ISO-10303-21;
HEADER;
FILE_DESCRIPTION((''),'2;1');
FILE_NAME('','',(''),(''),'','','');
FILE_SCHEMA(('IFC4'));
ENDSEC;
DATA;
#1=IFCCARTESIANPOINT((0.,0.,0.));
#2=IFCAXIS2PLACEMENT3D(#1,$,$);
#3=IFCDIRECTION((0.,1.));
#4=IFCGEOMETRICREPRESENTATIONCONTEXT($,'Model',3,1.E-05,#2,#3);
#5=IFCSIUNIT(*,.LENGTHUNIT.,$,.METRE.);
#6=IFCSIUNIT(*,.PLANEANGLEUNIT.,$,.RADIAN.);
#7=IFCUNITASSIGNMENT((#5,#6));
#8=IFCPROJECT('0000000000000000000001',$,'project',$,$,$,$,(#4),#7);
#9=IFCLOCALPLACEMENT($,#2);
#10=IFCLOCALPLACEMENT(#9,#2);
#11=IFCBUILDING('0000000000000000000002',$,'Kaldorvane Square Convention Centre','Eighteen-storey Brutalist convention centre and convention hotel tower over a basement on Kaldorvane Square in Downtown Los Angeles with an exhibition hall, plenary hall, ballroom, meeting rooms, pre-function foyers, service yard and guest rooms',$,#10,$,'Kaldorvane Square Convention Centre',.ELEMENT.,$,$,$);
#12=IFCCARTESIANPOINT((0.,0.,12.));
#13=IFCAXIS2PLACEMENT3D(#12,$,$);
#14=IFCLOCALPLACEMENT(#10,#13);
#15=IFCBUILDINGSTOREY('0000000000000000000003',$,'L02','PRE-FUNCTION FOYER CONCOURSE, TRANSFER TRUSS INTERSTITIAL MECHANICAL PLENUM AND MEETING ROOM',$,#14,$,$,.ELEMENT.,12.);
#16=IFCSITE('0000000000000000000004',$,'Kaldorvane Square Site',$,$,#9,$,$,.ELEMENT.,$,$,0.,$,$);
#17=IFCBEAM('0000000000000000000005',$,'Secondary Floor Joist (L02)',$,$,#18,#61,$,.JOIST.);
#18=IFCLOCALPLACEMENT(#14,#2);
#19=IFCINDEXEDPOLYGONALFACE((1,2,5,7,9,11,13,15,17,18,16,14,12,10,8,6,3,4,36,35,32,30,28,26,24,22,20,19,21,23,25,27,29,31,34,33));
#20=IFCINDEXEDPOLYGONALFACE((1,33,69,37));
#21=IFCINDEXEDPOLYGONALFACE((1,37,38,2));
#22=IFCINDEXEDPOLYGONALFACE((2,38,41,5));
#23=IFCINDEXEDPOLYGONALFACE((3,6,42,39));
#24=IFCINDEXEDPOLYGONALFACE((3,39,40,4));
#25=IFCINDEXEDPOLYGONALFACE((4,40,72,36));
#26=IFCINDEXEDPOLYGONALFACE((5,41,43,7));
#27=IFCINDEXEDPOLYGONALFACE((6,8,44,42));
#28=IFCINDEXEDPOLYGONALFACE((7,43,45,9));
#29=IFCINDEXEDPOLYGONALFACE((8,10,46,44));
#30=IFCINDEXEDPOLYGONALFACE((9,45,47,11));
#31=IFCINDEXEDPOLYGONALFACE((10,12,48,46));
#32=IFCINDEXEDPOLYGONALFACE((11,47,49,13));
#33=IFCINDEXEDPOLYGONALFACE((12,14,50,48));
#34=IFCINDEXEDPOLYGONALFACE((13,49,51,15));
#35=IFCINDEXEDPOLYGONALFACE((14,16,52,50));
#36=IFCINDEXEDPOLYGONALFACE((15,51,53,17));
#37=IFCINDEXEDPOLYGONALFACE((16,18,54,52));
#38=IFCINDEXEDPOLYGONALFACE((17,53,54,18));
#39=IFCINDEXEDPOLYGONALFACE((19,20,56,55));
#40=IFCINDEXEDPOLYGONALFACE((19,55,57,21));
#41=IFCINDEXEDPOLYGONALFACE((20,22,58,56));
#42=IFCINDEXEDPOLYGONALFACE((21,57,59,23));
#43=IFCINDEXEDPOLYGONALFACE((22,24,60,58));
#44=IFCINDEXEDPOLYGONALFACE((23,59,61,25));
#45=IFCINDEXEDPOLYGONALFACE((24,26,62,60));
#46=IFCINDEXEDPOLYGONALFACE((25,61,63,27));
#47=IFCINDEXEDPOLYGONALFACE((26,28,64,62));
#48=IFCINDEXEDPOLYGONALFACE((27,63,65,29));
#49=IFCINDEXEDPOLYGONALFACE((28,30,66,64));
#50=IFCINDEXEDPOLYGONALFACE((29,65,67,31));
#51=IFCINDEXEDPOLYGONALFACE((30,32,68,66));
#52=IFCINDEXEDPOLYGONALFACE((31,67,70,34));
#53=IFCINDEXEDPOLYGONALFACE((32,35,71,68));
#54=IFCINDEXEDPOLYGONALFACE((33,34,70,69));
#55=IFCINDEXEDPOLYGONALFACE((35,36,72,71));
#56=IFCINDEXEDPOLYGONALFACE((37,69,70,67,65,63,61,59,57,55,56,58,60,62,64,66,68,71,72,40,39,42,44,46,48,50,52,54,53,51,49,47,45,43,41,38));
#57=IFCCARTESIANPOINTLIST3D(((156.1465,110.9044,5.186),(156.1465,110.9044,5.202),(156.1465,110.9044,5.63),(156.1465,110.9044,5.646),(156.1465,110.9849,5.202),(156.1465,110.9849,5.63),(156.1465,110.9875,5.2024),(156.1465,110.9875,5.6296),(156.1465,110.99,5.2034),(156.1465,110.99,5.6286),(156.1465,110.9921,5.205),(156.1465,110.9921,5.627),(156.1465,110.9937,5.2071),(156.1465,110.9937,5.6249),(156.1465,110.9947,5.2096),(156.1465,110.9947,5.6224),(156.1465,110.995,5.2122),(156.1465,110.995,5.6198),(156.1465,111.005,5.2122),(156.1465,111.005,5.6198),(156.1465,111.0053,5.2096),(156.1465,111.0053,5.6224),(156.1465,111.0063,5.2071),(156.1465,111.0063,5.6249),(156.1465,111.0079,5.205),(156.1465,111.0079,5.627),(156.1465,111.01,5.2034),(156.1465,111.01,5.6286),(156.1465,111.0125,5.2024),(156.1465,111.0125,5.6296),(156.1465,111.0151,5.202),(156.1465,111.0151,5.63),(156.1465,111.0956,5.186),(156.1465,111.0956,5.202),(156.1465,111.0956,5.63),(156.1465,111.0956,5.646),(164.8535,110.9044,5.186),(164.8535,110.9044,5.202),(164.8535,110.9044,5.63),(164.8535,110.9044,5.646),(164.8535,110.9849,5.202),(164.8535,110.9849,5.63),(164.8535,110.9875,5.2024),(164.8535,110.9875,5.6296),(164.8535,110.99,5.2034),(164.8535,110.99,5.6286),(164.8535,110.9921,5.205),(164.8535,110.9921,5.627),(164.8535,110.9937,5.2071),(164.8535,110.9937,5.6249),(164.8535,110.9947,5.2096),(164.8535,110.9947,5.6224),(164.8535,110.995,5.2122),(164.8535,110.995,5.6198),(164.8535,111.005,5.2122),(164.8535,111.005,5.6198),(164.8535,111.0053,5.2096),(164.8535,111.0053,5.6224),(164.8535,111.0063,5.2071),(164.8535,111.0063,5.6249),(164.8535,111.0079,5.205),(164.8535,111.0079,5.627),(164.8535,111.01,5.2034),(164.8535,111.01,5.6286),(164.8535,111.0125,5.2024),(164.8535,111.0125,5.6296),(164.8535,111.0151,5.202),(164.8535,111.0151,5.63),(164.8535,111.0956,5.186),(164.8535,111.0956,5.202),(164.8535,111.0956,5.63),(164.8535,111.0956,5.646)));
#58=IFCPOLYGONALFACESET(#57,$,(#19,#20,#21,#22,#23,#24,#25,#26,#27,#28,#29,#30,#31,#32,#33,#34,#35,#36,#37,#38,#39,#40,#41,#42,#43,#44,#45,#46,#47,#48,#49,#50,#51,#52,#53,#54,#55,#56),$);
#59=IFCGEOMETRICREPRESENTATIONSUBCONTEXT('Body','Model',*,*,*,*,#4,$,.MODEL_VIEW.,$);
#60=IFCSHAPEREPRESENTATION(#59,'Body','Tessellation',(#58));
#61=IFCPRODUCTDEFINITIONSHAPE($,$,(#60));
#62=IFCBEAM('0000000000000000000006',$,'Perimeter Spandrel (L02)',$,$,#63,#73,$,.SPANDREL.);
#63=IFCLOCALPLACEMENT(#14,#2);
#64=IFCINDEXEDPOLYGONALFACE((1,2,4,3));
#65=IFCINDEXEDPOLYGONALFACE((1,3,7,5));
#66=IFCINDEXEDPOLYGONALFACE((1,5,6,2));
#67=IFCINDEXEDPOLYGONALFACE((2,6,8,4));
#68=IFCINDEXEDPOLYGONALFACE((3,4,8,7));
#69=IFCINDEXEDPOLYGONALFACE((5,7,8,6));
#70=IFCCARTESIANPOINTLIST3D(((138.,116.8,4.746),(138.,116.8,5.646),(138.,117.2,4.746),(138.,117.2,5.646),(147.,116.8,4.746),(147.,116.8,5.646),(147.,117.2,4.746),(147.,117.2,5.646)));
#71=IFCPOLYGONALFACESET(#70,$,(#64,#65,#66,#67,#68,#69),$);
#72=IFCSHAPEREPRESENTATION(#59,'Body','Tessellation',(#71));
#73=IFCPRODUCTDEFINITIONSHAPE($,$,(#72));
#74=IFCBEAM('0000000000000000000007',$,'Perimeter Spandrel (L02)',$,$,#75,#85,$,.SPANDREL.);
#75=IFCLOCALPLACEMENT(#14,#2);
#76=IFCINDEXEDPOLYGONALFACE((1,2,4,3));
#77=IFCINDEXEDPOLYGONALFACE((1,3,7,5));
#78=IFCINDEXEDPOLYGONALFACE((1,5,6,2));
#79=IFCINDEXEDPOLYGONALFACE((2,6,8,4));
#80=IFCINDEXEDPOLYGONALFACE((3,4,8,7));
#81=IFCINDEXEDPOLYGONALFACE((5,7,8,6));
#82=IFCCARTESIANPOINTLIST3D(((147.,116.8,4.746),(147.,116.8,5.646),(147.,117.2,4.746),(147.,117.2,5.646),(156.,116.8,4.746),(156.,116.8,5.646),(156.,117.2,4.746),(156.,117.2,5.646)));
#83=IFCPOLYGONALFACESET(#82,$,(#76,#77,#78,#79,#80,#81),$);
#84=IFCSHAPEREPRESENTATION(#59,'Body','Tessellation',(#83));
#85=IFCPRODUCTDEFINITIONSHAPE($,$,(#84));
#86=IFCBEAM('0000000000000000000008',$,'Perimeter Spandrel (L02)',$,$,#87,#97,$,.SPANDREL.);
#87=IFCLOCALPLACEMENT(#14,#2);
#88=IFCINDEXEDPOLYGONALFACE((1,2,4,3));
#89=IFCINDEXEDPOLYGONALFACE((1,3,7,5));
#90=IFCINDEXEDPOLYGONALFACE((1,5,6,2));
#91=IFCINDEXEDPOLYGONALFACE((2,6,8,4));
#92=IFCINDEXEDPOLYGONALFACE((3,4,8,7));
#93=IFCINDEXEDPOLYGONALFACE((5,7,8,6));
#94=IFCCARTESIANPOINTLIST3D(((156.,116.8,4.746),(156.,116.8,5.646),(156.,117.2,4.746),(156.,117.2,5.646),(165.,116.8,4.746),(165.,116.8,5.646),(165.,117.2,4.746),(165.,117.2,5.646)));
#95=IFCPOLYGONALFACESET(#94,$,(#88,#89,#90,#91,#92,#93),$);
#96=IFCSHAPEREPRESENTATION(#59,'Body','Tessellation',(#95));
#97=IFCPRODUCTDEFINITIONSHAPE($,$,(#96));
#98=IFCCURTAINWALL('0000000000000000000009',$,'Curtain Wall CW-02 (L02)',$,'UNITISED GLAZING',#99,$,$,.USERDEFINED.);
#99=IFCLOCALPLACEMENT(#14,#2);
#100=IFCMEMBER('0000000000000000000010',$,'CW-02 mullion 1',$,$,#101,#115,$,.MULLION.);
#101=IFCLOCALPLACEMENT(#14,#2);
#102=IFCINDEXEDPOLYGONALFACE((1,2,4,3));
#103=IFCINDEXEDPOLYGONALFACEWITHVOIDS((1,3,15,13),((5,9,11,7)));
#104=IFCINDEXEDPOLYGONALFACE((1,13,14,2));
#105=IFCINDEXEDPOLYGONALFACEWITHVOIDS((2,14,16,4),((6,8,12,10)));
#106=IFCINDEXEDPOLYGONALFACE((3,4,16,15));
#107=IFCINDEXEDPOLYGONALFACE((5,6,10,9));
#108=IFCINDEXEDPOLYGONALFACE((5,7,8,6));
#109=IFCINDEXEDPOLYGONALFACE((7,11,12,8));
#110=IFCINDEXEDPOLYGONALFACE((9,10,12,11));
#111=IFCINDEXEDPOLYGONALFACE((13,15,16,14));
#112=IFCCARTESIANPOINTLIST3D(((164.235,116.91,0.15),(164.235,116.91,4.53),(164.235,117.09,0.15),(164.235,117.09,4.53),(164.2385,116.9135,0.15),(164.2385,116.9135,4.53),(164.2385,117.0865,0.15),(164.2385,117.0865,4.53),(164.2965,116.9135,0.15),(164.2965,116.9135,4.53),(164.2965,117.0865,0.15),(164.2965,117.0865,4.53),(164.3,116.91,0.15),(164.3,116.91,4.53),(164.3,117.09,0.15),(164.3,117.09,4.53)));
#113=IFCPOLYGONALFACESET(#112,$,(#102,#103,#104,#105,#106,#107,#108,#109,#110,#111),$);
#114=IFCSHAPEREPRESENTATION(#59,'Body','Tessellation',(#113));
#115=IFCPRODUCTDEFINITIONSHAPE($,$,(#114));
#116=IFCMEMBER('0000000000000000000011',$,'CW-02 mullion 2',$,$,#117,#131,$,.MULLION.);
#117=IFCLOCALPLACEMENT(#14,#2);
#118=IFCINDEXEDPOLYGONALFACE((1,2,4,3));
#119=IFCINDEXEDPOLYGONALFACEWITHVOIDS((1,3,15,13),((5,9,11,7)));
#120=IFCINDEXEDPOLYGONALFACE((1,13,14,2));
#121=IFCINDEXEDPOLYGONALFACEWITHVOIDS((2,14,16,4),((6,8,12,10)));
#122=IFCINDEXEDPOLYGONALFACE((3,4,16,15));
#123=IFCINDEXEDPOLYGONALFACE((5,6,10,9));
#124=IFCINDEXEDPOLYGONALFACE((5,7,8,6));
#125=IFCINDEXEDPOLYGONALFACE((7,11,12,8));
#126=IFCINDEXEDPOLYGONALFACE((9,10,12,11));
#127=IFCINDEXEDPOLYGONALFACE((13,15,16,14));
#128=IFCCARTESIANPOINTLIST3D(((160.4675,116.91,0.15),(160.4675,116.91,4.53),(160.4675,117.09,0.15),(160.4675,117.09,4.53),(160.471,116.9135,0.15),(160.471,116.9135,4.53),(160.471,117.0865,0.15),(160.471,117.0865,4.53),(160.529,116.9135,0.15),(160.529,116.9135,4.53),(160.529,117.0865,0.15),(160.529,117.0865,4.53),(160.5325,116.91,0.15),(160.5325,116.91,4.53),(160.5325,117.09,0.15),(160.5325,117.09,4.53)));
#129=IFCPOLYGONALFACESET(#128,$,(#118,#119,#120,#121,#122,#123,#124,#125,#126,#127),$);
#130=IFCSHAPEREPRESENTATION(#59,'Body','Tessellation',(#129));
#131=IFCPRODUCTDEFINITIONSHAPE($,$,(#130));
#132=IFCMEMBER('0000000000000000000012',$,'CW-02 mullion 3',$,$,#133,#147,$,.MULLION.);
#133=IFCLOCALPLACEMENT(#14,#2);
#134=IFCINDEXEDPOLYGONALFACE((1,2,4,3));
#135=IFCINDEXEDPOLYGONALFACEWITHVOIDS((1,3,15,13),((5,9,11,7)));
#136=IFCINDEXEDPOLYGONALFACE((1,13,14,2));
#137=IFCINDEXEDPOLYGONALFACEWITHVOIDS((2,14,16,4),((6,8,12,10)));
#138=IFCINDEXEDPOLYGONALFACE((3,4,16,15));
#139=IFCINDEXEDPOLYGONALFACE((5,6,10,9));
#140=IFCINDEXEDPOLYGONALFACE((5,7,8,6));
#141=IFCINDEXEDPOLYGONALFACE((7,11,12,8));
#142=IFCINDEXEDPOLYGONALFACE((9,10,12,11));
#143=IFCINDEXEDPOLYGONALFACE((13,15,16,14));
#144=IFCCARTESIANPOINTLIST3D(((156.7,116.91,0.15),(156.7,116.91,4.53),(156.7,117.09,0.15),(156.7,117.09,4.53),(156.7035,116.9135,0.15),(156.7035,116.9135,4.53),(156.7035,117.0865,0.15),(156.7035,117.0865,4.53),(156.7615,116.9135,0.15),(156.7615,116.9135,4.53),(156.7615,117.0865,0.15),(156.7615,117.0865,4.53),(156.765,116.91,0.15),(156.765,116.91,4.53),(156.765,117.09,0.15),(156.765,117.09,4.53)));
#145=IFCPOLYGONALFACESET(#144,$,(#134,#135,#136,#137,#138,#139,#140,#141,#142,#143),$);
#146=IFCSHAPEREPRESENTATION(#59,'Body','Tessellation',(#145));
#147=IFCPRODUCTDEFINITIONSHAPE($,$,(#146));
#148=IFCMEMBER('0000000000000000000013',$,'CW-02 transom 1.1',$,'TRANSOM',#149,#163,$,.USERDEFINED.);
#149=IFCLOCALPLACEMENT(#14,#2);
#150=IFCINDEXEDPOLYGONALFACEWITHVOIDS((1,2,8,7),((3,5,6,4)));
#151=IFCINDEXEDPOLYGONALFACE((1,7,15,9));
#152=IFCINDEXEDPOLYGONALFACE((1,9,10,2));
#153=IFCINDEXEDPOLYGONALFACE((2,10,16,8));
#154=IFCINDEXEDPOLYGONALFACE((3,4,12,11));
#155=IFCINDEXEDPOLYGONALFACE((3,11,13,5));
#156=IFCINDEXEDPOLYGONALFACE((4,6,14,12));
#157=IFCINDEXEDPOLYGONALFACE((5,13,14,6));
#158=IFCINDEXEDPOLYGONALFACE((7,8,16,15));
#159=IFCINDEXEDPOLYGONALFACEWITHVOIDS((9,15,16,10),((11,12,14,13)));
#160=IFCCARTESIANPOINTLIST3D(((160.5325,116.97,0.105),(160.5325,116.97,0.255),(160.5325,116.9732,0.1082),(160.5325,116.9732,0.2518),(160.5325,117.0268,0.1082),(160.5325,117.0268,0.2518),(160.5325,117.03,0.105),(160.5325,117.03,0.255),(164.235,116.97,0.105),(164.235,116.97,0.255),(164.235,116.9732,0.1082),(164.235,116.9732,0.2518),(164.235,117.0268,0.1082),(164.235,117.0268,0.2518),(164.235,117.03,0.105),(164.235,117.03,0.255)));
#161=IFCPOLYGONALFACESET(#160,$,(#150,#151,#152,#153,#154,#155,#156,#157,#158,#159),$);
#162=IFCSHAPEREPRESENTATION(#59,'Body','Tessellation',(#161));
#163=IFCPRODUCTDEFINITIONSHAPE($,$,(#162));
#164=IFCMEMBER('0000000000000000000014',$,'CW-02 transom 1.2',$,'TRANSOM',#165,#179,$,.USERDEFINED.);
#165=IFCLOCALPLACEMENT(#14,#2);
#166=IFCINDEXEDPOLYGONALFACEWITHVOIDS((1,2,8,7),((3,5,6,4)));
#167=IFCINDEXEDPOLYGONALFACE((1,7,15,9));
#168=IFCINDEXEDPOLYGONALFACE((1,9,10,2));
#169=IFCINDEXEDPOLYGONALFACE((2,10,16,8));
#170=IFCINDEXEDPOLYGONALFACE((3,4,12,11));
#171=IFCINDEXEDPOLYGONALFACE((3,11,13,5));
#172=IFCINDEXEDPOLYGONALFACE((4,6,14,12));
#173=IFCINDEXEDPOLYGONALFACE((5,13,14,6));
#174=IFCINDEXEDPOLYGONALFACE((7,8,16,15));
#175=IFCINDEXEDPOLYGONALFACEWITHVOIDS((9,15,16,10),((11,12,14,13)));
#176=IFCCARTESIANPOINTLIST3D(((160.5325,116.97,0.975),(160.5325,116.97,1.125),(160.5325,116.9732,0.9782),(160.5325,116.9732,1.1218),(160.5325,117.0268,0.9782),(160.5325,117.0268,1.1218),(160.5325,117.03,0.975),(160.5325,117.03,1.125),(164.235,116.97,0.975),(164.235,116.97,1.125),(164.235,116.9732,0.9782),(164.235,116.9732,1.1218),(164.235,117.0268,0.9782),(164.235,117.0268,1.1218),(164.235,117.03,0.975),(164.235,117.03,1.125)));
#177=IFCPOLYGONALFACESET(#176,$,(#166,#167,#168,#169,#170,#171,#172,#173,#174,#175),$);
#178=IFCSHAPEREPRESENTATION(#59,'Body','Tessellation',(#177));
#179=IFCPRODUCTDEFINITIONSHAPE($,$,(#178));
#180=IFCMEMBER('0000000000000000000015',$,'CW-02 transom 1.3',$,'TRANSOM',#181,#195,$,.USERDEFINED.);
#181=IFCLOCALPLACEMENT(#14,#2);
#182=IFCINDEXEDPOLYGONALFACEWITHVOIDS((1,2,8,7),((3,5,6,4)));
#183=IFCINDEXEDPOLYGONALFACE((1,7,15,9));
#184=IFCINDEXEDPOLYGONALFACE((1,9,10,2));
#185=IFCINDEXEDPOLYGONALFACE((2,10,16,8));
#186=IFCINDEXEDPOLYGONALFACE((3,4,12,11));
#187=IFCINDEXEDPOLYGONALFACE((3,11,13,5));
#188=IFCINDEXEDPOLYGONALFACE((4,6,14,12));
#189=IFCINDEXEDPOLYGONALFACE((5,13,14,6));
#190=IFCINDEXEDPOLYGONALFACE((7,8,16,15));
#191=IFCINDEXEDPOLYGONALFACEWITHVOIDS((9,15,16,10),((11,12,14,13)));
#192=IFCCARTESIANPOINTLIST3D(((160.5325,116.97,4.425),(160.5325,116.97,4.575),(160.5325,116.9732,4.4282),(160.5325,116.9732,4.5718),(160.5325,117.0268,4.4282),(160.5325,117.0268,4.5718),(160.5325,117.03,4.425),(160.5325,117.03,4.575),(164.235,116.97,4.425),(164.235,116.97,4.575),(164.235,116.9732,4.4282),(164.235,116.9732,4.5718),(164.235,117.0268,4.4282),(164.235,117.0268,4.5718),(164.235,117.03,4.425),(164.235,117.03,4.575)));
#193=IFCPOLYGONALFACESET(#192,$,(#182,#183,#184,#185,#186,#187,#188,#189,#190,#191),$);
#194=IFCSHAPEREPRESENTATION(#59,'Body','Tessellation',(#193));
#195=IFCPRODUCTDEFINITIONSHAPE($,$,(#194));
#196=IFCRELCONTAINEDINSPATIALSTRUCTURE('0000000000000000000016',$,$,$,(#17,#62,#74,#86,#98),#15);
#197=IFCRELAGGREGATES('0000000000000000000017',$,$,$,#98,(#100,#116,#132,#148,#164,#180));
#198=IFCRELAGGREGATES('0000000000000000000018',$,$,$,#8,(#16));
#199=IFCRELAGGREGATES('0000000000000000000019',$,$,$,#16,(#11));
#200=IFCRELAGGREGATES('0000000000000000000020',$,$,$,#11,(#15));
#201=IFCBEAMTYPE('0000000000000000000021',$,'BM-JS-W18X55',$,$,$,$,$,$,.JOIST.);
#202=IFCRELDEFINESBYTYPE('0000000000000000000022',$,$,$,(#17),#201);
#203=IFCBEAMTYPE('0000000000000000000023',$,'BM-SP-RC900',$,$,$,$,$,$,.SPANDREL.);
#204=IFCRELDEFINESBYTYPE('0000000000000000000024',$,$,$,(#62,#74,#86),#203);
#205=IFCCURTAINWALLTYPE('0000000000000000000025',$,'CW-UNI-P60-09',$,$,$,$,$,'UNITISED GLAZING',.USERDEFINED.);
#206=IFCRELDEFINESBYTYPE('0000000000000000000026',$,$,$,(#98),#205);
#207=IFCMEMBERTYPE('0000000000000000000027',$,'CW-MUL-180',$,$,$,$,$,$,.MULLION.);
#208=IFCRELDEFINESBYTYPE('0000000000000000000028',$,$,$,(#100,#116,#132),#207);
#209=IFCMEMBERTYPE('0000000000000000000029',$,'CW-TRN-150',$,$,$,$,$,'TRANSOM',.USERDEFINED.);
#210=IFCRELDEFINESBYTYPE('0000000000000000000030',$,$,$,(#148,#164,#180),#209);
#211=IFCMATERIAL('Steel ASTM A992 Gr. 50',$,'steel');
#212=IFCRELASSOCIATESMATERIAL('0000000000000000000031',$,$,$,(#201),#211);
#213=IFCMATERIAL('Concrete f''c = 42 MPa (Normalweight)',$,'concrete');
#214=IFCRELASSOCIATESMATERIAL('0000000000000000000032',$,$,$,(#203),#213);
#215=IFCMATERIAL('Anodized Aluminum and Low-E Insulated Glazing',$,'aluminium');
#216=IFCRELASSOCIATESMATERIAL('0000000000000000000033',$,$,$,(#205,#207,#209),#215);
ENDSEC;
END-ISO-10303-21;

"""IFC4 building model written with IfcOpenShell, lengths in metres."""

from ifc_helpers import new_model, si_unit, direction, frame, origin, origin_2d, place, context, subcontext, project, spatial, rectangle, hollow_rectangle, i_section, extrude, material, material_profile, profile_set, type_object, element, aggregate, save


model = new_model("IFC4")

# Units and contexts
model_context = context("Model", 3, precision=1e-05, world=origin(), true_north=direction((0.0, 1.0)))
body_context = subcontext(model_context, "Body", "Model", "MODEL_VIEW")
ifc_project = project(units=[si_unit("LENGTHUNIT", "METRE"), si_unit("PLANEANGLEUNIT", "RADIAN")], contexts=[model_context])

# Site, building, storey
site_placement = place(None, origin())
site = spatial("IfcSite", under=ifc_project, at=site_placement, Name="Kaldorvane Square Site", CompositionType="ELEMENT", RefElevation=0.0)
building_placement = place(site_placement, origin())
building = spatial("IfcBuilding", under=site, at=building_placement, Name="Kaldorvane Square Convention Centre", Description="Eighteen-storey Brutalist convention centre and convention hotel tower over a basement on Kaldorvane Square in Downtown Los Angeles with an exhibition hall, plenary hall, ballroom, meeting rooms, pre-function foyers, service yard and guest rooms", LongName="Kaldorvane Square Convention Centre", CompositionType="ELEMENT")
storey_placement = place(building_placement, frame((0.0, 0.0, 12.0)))
storey = spatial("IfcBuildingStorey", under=building, at=storey_placement, Name="L02", Description="PRE-FUNCTION FOYER CONCOURSE, TRANSFER TRUSS INTERSTITIAL MECHANICAL PLENUM AND MEETING ROOM", CompositionType="ELEMENT", Elevation=12.0)

# Shared definitions
ifc_material_1 = material(Name="Steel ASTM A992 Gr. 50", Category="steel")

# Beams
ifc_material_profile_1 = material_profile(ifc_material_1, i_section(OverallWidth=0.1913, OverallDepth=0.46, WebThickness=0.0099, FlangeThickness=0.016, FilletRadius=0.0102, at=origin_2d()), Name="W18X55")
ifc_profile_set_1 = profile_set([ifc_material_profile_1], Name="Steel ASTM A992 Gr. 50")
beam_type_1 = type_object("IfcBeamType", Name="BM-JS-W18X55", PredefinedType="JOIST", material=ifc_profile_set_1)
for number, where, z_axis, x_axis, name in (
    (1, (156.1465, 111.0, 5.416), (1.0, 0.0, 0.0), (0.0, 1.0, 0.0), "Secondary Floor Joist (L02)"),
):
    element("IfcBeam", number, at=place(storey_placement, frame(where, z_axis=z_axis, x_axis=x_axis)), inside=storey, type_object=beam_type_1, Name=name, PredefinedType="JOIST", context=body_context, shape_type="SweptSolid", body=[
        extrude(i_section(OverallWidth=0.1913, OverallDepth=0.46, WebThickness=0.0099, FlangeThickness=0.016, FilletRadius=0.0102, at=origin_2d()), origin(), (0.0, 0.0, 1.0), 8.707),
    ])
ifc_material_2 = material(Name="Concrete f'c = 42 MPa (Normalweight)", Category="concrete")
ifc_material_profile_2 = material_profile(ifc_material_2, rectangle(XDim=0.4, YDim=0.9, at=origin_2d()), Name="RCSP900X400")
ifc_profile_set_2 = profile_set([ifc_material_profile_2], Name="Concrete f'c = 42 MPa (Normalweight)")
beam_type_2 = type_object("IfcBeamType", Name="BM-SP-RC900", PredefinedType="SPANDREL", material=ifc_profile_set_2)
for number, where, z_axis, x_axis, name in (
    (2, (138.0, 117.0, 5.196), (1.0, 0.0, 0.0), (0.0, 1.0, 0.0), "Perimeter Spandrel (L02)"),
    (3, (147.0, 117.0, 5.196), (1.0, 0.0, 0.0), (0.0, 1.0, 0.0), "Perimeter Spandrel (L02)"),
    (4, (156.0, 117.0, 5.196), (1.0, 0.0, 0.0), (0.0, 1.0, 0.0), "Perimeter Spandrel (L02)"),
):
    element("IfcBeam", number, at=place(storey_placement, frame(where, z_axis=z_axis, x_axis=x_axis)), inside=storey, type_object=beam_type_2, Name=name, PredefinedType="SPANDREL", context=body_context, shape_type="SweptSolid", body=[
        extrude(rectangle(XDim=0.4, YDim=0.9, at=origin_2d()), origin(), (0.0, 0.0, 1.0), 9.0),
    ])

# Curtain wall, members
ifc_material_3 = material(Name="Anodized Aluminum and Low-E Insulated Glazing", Category="aluminium")
curtain_wall_type = type_object("IfcCurtainWallType", Name="CW-UNI-P60-09", ElementType="UNITISED GLAZING", PredefinedType="USERDEFINED", material=ifc_material_3)
curtain_wall_placement = place(storey_placement, origin())
curtain_wall = element("IfcCurtainWall", 5, at=curtain_wall_placement, inside=storey, type_object=curtain_wall_type, Name="Curtain Wall CW-02 (L02)", ObjectType="UNITISED GLAZING", PredefinedType="USERDEFINED")
ifc_material_profile_3 = material_profile(ifc_material_3, hollow_rectangle(XDim=0.065, YDim=0.18, WallThickness=0.0035, at=origin_2d()), Name="CWM-180X65")
ifc_profile_set_3 = profile_set([ifc_material_profile_3], Name="Anodized Aluminum and Low-E Insulated Glazing")
member_type_1 = type_object("IfcMemberType", Name="CW-MUL-180", PredefinedType="MULLION", material=ifc_profile_set_3)
member_1_placement = place(storey_placement, frame((164.2675, 117.0, 0.15), z_axis=(0.0, 0.0, 1.0), x_axis=(-1.0, 0.0, 0.0)))
member_1 = element("IfcMember", 6, at=member_1_placement, type_object=member_type_1, Name="CW-02 mullion 1", PredefinedType="MULLION", context=body_context, shape_type="SweptSolid", body=[
    extrude(hollow_rectangle(XDim=0.065, YDim=0.18, WallThickness=0.0035, at=origin_2d()), origin(), (0.0, 0.0, 1.0), 4.38),
])
member_2_placement = place(storey_placement, frame((160.5, 117.0, 0.15), z_axis=(0.0, 0.0, 1.0), x_axis=(-1.0, 0.0, 0.0)))
member_2 = element("IfcMember", 7, at=member_2_placement, type_object=member_type_1, Name="CW-02 mullion 2", PredefinedType="MULLION", context=body_context, shape_type="SweptSolid", body=[
    extrude(hollow_rectangle(XDim=0.065, YDim=0.18, WallThickness=0.0035, at=origin_2d()), origin(), (0.0, 0.0, 1.0), 4.38),
])
member_3_placement = place(storey_placement, frame((156.7325, 117.0, 0.15), z_axis=(0.0, 0.0, 1.0), x_axis=(-1.0, 0.0, 0.0)))
member_3 = element("IfcMember", 8, at=member_3_placement, type_object=member_type_1, Name="CW-02 mullion 3", PredefinedType="MULLION", context=body_context, shape_type="SweptSolid", body=[
    extrude(hollow_rectangle(XDim=0.065, YDim=0.18, WallThickness=0.0035, at=origin_2d()), origin(), (0.0, 0.0, 1.0), 4.38),
])
ifc_material_profile_4 = material_profile(ifc_material_3, hollow_rectangle(XDim=0.06, YDim=0.15, WallThickness=0.0032, at=origin_2d()), Name="CWT-150X60")
ifc_profile_set_4 = profile_set([ifc_material_profile_4], Name="Anodized Aluminum and Low-E Insulated Glazing")
member_type_2 = type_object("IfcMemberType", Name="CW-TRN-150", ElementType="TRANSOM", PredefinedType="USERDEFINED", material=ifc_profile_set_4)
member_4_placement = place(storey_placement, frame((164.235, 117.0, 0.18), z_axis=(-1.0, 0.0, 0.0), x_axis=(0.0, -1.0, 0.0)))
member_4 = element("IfcMember", 9, at=member_4_placement, type_object=member_type_2, Name="CW-02 transom 1.1", ObjectType="TRANSOM", PredefinedType="USERDEFINED", context=body_context, shape_type="SweptSolid", body=[
    extrude(hollow_rectangle(XDim=0.06, YDim=0.15, WallThickness=0.0032, at=origin_2d()), origin(), (0.0, 0.0, 1.0), 3.7025),
])
member_5_placement = place(storey_placement, frame((164.235, 117.0, 1.05), z_axis=(-1.0, 0.0, 0.0), x_axis=(0.0, -1.0, 0.0)))
member_5 = element("IfcMember", 10, at=member_5_placement, type_object=member_type_2, Name="CW-02 transom 1.2", ObjectType="TRANSOM", PredefinedType="USERDEFINED", context=body_context, shape_type="SweptSolid", body=[
    extrude(hollow_rectangle(XDim=0.06, YDim=0.15, WallThickness=0.0032, at=origin_2d()), origin(), (0.0, 0.0, 1.0), 3.7025),
])
member_6_placement = place(storey_placement, frame((164.235, 117.0, 4.5), z_axis=(-1.0, 0.0, 0.0), x_axis=(0.0, -1.0, 0.0)))
member_6 = element("IfcMember", 11, at=member_6_placement, type_object=member_type_2, Name="CW-02 transom 1.3", ObjectType="TRANSOM", PredefinedType="USERDEFINED", context=body_context, shape_type="SweptSolid", body=[
    extrude(hollow_rectangle(XDim=0.06, YDim=0.15, WallThickness=0.0032, at=origin_2d()), origin(), (0.0, 0.0, 1.0), 3.7025),
])
aggregate(curtain_wall, [member_1, member_2, member_3, member_4, member_5, member_6])

save(model, "model.ifc")
